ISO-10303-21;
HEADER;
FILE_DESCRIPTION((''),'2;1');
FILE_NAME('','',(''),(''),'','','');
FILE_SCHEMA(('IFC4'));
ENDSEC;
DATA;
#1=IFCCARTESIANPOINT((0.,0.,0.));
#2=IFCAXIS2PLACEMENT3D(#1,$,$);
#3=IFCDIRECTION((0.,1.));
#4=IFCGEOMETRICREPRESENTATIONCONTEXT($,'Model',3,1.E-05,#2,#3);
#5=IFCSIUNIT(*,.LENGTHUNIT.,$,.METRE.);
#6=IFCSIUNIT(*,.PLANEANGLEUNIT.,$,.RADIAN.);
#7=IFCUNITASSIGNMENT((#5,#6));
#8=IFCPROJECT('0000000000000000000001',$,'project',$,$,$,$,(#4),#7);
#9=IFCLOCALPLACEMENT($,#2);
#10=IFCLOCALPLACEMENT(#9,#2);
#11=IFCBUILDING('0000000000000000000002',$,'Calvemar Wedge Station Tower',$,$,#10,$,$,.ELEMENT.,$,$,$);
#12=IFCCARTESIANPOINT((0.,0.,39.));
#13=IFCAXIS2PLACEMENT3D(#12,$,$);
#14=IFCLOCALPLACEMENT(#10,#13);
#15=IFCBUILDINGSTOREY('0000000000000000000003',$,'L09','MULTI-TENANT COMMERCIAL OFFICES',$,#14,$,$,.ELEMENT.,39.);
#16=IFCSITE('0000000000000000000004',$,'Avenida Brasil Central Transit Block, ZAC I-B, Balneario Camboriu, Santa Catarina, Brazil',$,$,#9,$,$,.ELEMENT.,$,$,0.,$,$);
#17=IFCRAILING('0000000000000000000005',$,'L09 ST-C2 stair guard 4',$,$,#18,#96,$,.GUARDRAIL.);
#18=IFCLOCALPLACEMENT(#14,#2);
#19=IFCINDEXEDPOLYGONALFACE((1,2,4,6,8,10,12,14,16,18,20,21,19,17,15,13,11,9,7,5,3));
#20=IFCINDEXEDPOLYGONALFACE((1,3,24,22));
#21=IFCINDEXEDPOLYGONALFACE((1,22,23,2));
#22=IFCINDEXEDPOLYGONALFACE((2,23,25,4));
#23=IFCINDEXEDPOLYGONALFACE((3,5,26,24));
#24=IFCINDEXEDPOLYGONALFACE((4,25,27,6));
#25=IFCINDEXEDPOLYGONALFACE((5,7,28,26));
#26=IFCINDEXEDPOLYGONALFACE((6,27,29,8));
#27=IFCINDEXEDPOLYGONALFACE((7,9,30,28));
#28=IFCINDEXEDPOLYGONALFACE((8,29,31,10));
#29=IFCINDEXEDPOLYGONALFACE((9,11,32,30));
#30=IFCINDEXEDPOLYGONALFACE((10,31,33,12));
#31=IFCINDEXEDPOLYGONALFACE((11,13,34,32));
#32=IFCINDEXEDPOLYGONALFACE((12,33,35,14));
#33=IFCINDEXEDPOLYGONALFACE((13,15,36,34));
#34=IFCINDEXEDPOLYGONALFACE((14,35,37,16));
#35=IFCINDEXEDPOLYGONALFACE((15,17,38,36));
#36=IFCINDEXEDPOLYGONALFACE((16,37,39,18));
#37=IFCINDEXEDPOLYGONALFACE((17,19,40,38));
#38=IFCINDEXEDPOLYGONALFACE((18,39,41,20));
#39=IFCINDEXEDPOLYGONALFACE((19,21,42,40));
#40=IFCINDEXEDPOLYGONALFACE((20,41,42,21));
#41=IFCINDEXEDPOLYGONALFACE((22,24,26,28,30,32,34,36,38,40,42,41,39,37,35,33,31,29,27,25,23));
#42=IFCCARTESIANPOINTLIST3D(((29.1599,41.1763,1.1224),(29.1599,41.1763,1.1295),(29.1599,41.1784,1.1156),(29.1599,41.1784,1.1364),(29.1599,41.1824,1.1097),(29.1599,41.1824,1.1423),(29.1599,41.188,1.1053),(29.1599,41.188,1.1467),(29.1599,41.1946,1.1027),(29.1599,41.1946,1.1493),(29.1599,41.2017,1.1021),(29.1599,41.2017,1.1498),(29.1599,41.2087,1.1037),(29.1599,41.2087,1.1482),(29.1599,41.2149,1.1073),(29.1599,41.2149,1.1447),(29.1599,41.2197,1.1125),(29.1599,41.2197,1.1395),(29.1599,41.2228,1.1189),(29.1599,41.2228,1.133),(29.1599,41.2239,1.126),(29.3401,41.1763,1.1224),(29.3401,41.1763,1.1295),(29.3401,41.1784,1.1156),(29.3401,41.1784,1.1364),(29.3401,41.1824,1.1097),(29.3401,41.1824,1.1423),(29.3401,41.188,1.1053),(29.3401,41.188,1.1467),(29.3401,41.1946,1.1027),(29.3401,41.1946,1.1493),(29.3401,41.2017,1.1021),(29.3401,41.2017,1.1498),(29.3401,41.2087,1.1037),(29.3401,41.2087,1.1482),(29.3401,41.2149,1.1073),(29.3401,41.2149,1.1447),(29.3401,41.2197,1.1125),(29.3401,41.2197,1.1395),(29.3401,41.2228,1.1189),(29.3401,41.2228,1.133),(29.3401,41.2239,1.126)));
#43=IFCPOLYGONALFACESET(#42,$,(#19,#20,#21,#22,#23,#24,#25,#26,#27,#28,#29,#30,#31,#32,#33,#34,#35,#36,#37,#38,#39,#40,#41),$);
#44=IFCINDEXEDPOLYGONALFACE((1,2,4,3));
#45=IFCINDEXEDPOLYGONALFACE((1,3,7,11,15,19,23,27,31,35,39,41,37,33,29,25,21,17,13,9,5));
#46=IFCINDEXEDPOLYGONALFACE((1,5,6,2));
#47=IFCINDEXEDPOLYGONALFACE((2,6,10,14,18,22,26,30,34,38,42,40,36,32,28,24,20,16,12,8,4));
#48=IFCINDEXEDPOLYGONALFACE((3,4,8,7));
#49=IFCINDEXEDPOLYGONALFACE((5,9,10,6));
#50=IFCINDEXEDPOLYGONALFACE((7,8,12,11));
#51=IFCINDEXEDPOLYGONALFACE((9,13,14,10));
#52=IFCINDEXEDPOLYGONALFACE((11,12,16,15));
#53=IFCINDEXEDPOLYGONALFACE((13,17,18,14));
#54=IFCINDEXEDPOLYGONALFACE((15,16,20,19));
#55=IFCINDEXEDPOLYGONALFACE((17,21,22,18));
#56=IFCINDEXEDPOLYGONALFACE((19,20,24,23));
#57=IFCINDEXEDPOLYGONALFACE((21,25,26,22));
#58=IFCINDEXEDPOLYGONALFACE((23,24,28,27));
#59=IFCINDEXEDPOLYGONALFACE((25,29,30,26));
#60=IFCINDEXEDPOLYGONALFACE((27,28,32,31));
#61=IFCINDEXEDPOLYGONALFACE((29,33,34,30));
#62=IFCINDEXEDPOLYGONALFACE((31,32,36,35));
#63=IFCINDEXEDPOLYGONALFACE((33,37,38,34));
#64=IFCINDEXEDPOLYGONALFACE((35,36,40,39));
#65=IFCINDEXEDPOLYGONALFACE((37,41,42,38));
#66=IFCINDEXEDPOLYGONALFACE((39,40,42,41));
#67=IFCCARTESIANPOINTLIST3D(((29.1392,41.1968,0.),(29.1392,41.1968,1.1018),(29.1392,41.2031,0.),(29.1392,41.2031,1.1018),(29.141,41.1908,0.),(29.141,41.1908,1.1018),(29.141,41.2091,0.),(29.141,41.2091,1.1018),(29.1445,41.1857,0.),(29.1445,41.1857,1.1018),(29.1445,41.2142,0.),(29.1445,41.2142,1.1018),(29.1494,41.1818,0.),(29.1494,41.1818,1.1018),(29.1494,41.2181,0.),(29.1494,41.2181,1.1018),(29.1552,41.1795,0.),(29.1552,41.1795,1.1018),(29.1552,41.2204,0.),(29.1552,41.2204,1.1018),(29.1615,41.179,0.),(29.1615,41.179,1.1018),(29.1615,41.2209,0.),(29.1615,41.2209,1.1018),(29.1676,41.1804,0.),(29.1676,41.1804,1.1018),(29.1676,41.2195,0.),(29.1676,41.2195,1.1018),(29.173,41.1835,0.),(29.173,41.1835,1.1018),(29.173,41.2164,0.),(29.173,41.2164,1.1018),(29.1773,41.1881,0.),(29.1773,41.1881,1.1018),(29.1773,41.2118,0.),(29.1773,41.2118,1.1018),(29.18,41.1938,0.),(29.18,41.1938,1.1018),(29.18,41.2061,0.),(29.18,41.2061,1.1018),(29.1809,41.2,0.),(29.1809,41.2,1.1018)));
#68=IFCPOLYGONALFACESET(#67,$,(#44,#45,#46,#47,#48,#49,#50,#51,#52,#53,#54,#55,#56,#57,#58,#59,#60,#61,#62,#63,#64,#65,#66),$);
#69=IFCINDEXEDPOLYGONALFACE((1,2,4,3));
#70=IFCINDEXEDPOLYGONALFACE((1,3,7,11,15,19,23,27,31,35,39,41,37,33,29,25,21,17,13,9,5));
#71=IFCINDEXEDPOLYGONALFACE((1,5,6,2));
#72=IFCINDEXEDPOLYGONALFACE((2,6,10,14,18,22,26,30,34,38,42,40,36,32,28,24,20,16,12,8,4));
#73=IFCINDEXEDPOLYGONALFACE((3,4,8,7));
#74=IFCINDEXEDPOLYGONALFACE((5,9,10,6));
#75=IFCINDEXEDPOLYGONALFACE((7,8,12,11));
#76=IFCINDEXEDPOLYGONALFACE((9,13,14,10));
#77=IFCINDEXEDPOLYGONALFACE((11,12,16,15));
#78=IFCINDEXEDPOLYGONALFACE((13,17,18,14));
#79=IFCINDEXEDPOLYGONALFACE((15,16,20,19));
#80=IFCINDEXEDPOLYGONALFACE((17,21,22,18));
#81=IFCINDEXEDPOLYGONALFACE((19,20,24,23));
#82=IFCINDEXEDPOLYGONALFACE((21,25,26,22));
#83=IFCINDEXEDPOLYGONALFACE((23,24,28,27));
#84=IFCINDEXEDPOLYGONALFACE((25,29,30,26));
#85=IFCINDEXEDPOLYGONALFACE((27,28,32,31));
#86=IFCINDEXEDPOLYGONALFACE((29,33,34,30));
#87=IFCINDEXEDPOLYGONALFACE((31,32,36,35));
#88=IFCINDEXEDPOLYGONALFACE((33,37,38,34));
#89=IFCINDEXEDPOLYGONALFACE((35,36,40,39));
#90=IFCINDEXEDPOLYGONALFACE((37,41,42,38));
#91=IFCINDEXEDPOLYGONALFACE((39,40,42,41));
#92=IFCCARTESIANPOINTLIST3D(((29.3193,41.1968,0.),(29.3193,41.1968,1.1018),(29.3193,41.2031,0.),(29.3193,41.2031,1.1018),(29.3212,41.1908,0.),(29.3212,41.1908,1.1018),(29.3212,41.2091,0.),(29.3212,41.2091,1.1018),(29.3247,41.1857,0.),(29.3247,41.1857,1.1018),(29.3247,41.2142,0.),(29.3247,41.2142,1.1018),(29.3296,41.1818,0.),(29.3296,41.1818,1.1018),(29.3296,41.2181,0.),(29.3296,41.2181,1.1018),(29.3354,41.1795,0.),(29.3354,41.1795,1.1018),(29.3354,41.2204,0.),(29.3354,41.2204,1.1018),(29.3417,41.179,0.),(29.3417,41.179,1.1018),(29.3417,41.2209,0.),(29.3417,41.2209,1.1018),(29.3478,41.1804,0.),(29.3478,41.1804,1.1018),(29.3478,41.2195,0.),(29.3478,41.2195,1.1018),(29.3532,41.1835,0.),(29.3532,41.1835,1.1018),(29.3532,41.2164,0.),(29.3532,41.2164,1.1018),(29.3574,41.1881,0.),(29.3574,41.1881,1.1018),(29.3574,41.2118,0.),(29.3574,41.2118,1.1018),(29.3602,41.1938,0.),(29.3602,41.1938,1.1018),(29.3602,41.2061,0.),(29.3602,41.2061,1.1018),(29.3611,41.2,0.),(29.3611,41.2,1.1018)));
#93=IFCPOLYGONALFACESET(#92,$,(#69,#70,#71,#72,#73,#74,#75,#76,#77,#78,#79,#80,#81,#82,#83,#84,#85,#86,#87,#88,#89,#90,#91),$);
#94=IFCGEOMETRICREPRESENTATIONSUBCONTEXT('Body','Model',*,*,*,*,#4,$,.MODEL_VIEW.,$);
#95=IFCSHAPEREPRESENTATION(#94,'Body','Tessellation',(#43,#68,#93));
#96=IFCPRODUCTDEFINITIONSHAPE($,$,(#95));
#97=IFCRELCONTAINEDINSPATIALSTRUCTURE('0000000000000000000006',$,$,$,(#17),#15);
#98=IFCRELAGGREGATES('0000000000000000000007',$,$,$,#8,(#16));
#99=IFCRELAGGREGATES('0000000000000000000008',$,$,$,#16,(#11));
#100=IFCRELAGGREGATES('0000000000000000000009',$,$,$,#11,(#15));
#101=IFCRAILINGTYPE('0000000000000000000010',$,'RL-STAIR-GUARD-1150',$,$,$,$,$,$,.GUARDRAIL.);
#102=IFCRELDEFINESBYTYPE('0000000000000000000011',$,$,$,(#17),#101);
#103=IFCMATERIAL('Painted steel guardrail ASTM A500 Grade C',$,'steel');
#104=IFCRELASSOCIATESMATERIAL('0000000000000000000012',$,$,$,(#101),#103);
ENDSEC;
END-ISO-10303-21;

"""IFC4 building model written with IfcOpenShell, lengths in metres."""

from ifc_helpers import new_model, si_unit, direction, frame, origin, origin_2d, place, context, subcontext, project, spatial, circle, extrude, material, type_object, element, save


model = new_model("IFC4")

# Units and contexts
model_context = context("Model", 3, precision=1e-05, world=origin(), true_north=direction((0.0, 1.0)))
body_context = subcontext(model_context, "Body", "Model", "MODEL_VIEW")
ifc_project = project(units=[si_unit("LENGTHUNIT", "METRE"), si_unit("PLANEANGLEUNIT", "RADIAN")], contexts=[model_context])

# Site, building, storey
site_placement = place(None, origin())
site = spatial("IfcSite", under=ifc_project, at=site_placement, Name="Avenida Brasil Central Transit Block, ZAC I-B, Balneario Camboriu, Santa Catarina, Brazil", CompositionType="ELEMENT", RefElevation=0.0)
building_placement = place(site_placement, origin())
building = spatial("IfcBuilding", under=site, at=building_placement, Name="Calvemar Wedge Station Tower", CompositionType="ELEMENT")
storey_placement = place(building_placement, frame((0.0, 0.0, 39.0)))
storey = spatial("IfcBuildingStorey", under=building, at=storey_placement, Name="L09", Description="MULTI-TENANT COMMERCIAL OFFICES", CompositionType="ELEMENT", Elevation=39.0)

# Railing
ifc_material_1 = material(Name="Painted steel guardrail ASTM A500 Grade C", Category="steel")
railing_type_1 = type_object("IfcRailingType", Name="RL-STAIR-GUARD-1150", PredefinedType="GUARDRAIL", material=ifc_material_1)
railing_1_placement = place(storey_placement, frame((29.1599, 41.2, 0.0)))
element("IfcRailing", 1, at=railing_1_placement, inside=storey, type_object=railing_type_1, Name="L09 ST-C2 stair guard 4", PredefinedType="GUARDRAIL", context=body_context, shape_type="SweptSolid", body=[
    extrude(circle(Radius=0.0239, at=origin_2d()), frame((0.0, 0.0, 1.126), z_axis=(1.0, 0.0, 0.0), x_axis=(0.0, 1.0, 0.0)), (0.0, 0.0, 1.0), 0.1802),
    extrude(circle(Radius=0.021, at=origin_2d()), origin(), (0.0, 0.0, 1.0), 1.1018),
    extrude(circle(Radius=0.021, at=origin_2d()), frame((0.1802, 0.0, 0.0)), (0.0, 0.0, 1.0), 1.1018),
])

save(model, "model.ifc")
